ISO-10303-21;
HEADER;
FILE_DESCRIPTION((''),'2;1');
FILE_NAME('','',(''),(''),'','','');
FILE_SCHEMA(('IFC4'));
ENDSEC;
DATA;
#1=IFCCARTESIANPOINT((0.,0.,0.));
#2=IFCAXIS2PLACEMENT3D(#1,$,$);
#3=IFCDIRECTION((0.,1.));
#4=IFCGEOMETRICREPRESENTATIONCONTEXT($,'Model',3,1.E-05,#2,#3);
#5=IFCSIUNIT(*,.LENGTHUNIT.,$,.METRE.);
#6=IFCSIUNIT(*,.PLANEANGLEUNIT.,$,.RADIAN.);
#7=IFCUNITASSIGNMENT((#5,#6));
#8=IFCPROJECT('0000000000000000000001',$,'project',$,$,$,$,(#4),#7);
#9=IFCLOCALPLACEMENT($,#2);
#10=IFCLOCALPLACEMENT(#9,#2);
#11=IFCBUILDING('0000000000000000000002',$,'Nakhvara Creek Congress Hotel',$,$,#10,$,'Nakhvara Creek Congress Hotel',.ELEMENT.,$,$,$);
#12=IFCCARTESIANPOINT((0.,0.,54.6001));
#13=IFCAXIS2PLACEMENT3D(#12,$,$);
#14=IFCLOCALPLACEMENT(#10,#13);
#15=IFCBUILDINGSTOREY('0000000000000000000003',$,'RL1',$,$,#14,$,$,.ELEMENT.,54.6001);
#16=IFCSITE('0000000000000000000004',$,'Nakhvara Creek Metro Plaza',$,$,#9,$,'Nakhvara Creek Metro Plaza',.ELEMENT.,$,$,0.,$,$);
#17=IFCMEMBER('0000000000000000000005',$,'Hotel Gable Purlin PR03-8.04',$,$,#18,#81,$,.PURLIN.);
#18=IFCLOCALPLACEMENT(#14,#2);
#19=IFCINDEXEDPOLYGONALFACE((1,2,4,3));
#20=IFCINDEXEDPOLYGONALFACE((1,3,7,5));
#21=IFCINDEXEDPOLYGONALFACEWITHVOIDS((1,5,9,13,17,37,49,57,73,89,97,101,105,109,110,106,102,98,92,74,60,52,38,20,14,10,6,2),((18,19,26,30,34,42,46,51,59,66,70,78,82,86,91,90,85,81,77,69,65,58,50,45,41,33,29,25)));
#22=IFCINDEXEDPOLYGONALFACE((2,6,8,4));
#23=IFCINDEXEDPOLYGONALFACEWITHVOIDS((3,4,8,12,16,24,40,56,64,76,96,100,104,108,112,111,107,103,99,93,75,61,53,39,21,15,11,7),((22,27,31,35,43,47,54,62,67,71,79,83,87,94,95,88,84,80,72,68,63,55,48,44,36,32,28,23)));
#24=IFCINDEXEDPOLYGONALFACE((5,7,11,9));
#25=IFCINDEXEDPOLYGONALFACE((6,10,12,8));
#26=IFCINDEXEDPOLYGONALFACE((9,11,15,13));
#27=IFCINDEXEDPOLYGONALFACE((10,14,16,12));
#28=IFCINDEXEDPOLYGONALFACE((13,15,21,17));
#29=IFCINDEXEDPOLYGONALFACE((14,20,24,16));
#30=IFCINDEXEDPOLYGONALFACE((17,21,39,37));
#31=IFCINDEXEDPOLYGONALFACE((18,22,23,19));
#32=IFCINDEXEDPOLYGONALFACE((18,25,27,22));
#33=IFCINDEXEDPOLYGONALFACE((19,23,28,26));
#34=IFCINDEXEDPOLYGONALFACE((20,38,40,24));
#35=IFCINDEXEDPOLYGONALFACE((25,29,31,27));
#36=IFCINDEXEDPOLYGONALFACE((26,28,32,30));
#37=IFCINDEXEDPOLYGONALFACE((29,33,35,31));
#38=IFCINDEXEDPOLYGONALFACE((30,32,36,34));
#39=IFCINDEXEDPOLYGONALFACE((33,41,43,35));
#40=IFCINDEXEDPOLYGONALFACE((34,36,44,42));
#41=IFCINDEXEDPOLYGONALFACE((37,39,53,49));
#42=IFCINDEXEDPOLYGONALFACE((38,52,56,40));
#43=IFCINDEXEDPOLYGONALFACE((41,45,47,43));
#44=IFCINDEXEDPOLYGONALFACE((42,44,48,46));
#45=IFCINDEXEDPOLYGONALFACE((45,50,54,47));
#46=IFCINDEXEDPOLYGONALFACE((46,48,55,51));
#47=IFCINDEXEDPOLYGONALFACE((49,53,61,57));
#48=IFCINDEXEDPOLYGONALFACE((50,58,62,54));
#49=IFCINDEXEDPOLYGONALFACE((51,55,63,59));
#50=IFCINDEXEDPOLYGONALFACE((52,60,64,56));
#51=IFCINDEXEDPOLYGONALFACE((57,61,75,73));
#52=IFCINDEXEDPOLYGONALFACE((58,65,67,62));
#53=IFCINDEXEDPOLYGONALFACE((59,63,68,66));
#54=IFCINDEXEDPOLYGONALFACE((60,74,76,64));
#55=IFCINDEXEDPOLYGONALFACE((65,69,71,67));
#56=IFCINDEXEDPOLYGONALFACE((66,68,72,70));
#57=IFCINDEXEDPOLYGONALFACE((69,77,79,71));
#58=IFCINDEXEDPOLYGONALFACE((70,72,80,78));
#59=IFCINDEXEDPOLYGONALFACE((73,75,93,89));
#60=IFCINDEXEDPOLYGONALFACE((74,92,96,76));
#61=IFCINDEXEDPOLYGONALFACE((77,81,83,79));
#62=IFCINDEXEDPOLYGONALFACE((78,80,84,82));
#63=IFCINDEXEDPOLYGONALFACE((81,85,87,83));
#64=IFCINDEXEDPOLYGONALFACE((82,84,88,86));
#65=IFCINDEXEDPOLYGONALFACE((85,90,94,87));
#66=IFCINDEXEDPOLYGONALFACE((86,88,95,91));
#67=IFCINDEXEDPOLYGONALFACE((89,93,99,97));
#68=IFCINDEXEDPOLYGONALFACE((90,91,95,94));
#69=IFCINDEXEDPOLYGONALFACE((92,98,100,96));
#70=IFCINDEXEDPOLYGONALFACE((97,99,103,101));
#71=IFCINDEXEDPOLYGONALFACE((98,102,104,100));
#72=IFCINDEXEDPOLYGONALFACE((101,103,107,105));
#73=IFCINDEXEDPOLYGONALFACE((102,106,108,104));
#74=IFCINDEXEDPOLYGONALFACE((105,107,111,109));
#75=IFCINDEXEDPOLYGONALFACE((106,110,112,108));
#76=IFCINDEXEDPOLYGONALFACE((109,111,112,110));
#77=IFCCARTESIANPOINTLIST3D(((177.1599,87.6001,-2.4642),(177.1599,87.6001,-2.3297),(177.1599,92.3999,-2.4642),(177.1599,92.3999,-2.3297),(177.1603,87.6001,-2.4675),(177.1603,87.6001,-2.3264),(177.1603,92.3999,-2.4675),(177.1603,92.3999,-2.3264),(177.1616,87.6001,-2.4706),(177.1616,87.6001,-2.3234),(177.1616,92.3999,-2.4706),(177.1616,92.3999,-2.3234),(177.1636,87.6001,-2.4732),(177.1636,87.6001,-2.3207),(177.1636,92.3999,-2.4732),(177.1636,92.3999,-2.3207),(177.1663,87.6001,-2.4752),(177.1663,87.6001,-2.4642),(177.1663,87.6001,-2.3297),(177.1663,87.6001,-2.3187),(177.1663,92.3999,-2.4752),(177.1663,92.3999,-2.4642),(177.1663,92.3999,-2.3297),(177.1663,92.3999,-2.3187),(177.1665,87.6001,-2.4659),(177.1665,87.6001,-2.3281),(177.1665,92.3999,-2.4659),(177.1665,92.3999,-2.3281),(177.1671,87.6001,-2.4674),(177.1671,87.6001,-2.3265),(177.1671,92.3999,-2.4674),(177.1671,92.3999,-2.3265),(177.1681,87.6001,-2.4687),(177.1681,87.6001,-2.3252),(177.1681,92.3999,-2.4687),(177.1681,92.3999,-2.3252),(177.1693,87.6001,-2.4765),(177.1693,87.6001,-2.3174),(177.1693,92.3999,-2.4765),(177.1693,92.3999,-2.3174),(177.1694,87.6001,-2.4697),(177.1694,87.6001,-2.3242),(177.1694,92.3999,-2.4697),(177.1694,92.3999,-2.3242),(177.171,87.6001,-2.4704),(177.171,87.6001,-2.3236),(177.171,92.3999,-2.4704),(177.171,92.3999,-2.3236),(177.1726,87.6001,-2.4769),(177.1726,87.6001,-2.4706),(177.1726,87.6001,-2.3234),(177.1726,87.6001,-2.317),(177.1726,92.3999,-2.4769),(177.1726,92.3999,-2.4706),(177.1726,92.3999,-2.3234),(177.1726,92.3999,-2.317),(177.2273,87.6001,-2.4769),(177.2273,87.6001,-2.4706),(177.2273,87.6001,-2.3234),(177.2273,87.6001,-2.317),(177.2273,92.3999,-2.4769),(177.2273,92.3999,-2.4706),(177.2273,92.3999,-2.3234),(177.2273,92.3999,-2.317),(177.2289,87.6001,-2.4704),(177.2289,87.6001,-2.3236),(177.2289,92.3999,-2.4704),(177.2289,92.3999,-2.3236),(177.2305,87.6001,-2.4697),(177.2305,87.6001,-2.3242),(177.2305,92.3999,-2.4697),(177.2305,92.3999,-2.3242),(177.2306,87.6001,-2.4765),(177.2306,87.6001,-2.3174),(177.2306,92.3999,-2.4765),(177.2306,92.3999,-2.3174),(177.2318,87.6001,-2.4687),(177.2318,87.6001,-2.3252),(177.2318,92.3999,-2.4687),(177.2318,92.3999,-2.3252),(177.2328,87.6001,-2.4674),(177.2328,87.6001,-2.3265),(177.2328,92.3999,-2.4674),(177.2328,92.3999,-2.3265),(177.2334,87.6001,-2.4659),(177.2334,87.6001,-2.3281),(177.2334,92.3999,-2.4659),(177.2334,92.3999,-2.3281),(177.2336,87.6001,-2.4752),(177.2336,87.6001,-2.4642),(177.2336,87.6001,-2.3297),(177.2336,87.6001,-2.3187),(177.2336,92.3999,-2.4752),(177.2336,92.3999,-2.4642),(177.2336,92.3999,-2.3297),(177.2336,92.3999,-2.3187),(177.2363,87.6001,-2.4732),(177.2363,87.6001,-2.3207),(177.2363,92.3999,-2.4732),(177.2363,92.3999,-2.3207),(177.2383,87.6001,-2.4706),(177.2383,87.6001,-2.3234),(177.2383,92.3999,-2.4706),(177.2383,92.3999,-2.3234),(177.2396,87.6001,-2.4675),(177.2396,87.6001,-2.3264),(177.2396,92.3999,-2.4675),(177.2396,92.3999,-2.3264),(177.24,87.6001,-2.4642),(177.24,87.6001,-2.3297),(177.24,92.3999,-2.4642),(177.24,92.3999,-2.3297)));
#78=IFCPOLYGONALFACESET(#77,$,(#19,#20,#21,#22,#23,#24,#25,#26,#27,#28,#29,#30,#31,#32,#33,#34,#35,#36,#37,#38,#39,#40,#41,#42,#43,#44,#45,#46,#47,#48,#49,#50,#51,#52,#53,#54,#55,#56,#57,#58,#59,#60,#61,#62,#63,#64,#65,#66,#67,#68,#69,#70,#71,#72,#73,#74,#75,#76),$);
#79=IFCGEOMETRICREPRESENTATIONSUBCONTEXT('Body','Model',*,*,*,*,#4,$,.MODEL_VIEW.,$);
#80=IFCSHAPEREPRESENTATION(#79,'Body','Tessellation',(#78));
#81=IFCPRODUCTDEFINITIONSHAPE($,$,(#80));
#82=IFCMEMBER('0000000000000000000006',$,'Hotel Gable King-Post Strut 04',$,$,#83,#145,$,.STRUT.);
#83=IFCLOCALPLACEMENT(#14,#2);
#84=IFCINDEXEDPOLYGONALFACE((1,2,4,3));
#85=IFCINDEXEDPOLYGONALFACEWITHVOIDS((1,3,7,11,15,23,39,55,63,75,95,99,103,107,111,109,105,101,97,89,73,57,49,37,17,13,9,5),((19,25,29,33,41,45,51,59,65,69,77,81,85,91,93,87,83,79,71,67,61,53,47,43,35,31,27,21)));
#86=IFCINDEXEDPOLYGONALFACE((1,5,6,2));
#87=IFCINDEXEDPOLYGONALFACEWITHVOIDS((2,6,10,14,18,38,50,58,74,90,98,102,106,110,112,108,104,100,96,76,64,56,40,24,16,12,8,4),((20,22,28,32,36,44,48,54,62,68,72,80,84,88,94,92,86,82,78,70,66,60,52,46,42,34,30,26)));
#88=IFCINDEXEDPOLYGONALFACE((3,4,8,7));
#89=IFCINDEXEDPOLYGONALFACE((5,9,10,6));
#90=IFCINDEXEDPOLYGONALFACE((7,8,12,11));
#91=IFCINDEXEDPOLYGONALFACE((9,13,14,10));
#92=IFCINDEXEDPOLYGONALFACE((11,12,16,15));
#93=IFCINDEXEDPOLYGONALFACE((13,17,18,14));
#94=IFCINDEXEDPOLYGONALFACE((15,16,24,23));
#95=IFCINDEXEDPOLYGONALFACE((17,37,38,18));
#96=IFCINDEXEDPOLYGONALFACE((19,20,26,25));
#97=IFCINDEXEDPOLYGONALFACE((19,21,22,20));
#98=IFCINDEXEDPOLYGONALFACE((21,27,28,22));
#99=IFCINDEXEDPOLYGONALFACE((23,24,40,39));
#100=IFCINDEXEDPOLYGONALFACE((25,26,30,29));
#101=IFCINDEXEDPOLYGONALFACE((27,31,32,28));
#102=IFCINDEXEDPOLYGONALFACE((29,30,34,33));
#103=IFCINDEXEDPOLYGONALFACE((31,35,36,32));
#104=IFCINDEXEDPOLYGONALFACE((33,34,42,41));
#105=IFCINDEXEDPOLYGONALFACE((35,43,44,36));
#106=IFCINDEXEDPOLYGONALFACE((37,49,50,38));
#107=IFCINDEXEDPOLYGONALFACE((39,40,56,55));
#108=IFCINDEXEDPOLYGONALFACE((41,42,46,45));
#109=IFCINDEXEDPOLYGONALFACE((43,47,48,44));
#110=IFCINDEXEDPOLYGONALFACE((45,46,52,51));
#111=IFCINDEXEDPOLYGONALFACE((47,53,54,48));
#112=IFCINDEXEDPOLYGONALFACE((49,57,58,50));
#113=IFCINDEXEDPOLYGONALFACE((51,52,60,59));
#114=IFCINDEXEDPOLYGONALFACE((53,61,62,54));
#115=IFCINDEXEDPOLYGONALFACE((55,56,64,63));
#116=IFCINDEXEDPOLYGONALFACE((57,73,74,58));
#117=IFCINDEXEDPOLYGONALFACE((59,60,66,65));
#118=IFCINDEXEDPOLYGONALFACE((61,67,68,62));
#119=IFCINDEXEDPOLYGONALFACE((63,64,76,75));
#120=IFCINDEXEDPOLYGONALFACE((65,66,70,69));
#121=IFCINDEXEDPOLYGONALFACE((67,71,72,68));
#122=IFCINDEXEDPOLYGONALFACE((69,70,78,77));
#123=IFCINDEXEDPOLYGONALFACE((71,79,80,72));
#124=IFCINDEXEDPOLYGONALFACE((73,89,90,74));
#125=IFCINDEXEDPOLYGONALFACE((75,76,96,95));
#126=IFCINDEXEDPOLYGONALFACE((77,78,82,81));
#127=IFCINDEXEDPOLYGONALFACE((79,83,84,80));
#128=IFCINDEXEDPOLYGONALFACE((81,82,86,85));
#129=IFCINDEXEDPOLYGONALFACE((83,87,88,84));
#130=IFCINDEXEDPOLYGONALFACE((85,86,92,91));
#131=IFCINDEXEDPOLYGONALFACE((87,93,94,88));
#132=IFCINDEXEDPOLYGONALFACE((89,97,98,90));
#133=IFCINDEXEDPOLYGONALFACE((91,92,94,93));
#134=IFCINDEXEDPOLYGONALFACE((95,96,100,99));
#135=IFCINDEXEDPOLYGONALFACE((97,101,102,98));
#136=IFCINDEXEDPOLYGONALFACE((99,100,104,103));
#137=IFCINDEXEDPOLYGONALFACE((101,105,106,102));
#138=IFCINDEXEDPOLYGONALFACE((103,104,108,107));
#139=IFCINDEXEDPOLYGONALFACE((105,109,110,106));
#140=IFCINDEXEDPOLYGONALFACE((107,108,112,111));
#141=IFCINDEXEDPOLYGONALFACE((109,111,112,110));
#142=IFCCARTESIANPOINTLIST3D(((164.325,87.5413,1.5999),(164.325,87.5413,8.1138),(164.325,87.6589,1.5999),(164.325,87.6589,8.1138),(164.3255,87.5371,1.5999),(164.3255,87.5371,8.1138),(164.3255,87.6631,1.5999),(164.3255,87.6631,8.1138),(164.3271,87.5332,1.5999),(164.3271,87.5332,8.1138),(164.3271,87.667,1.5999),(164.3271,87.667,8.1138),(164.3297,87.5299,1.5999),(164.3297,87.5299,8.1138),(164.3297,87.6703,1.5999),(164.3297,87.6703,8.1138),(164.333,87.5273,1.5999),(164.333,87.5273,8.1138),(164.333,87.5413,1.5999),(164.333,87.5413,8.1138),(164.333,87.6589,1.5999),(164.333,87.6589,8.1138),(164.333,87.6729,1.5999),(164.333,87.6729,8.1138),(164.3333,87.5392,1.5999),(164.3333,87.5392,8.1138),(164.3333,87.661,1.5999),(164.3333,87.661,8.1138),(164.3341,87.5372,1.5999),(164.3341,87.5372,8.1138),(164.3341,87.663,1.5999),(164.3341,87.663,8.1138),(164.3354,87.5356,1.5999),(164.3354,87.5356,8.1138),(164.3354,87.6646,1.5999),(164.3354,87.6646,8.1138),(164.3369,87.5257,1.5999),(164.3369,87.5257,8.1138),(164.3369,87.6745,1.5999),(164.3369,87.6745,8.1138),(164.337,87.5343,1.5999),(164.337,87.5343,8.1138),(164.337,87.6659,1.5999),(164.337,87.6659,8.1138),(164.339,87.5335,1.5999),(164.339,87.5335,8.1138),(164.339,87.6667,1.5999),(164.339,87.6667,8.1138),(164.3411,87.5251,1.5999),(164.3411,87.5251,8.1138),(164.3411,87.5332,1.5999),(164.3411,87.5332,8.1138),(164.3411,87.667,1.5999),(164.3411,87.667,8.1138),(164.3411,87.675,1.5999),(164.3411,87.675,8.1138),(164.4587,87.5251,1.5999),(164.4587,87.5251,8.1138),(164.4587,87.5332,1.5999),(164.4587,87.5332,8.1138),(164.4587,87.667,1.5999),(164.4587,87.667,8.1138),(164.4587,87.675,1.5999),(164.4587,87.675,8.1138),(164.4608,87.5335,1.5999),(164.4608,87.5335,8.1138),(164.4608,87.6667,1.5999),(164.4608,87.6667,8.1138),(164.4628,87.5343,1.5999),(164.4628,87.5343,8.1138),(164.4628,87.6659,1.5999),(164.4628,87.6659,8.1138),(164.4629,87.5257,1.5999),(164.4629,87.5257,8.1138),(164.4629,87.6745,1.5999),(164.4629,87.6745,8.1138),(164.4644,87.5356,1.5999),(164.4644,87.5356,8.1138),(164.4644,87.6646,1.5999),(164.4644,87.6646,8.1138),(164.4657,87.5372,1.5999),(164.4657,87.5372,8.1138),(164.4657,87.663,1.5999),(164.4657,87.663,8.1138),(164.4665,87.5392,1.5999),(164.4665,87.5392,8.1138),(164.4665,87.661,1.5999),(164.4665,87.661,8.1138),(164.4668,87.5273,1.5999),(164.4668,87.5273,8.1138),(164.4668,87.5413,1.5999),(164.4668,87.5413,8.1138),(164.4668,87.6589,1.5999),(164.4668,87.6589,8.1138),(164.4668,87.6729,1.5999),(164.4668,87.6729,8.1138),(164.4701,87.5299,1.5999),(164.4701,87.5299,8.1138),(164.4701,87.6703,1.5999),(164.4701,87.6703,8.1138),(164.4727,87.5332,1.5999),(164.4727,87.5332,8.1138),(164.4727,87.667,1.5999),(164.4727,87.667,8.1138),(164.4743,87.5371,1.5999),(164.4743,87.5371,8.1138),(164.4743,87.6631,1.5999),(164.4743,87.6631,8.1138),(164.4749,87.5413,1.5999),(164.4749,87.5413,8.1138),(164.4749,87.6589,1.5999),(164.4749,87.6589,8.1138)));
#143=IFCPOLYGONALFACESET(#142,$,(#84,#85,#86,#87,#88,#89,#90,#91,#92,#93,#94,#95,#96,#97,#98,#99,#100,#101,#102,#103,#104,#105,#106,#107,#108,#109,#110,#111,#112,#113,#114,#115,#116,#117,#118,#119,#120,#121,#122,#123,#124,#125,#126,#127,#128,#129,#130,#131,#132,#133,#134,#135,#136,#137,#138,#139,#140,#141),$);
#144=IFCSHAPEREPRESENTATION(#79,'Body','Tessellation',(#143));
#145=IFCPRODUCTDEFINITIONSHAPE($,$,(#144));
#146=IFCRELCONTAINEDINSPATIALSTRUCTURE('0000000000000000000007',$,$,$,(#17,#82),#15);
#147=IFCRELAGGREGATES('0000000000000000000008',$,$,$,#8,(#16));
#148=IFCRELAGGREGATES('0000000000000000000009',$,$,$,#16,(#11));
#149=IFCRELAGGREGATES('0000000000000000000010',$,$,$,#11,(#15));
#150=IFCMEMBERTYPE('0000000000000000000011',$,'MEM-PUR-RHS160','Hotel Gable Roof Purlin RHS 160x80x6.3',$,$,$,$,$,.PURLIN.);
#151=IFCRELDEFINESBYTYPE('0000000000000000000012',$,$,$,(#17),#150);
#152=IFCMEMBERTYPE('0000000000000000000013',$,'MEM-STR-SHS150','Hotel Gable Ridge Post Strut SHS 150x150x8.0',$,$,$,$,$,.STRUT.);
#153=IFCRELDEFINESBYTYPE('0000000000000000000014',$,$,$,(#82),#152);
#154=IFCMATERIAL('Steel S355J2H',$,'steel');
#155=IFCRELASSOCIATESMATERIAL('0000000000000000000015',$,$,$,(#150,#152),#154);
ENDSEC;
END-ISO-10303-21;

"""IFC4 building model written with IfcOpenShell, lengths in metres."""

from ifc_helpers import new_model, si_unit, direction, frame, origin, origin_2d, place, context, subcontext, project, spatial, hollow_rectangle, extrude, material, material_profile, profile_set, type_object, element, save


model = new_model("IFC4")

# Units and contexts
model_context = context("Model", 3, precision=1e-05, world=origin(), true_north=direction((0.0, 1.0)))
body_context = subcontext(model_context, "Body", "Model", "MODEL_VIEW")
ifc_project = project(units=[si_unit("LENGTHUNIT", "METRE"), si_unit("PLANEANGLEUNIT", "RADIAN")], contexts=[model_context])

# Site, building, storey
site_placement = place(None, origin())
site = spatial("IfcSite", under=ifc_project, at=site_placement, Name="Nakhvara Creek Metro Plaza", LongName="Nakhvara Creek Metro Plaza", CompositionType="ELEMENT", RefElevation=0.0)
building_placement = place(site_placement, origin())
building = spatial("IfcBuilding", under=site, at=building_placement, Name="Nakhvara Creek Congress Hotel", LongName="Nakhvara Creek Congress Hotel", CompositionType="ELEMENT")
storey_placement = place(building_placement, frame((0.0, 0.0, 54.6001)))
storey = spatial("IfcBuildingStorey", under=building, at=storey_placement, Name="RL1", CompositionType="ELEMENT", Elevation=54.6001)

# Members
ifc_material_1 = material(Name="Steel S355J2H", Category="steel")
ifc_material_profile_1 = material_profile(ifc_material_1, hollow_rectangle(XDim=0.0801, YDim=0.1599, WallThickness=0.0063, InnerFilletRadius=0.0063, OuterFilletRadius=0.0127, at=origin_2d()), Name="RHS 160x80x6.3", Category="LoadBearing")
ifc_profile_set_1 = profile_set([ifc_material_profile_1], Name="Steel S355J2H")
member_type_1 = type_object("IfcMemberType", Name="MEM-PUR-RHS160", Description="Hotel Gable Roof Purlin RHS 160x80x6.3", PredefinedType="PURLIN", material=ifc_profile_set_1)
member_1_placement = place(storey_placement, frame((177.2, 87.6001, -2.397), z_axis=(0.0, 1.0, 0.0), x_axis=(-1.0, 0.0, 0.0)))
element("IfcMember", 1, at=member_1_placement, inside=storey, type_object=member_type_1, Name="Hotel Gable Purlin PR03-8.04", PredefinedType="PURLIN", context=body_context, shape_type="SweptSolid", body=[
    extrude(hollow_rectangle(XDim=0.0801, YDim=0.1599, WallThickness=0.0063, InnerFilletRadius=0.0063, OuterFilletRadius=0.0127, at=origin_2d()), origin(), (0.0, 0.0, 1.0), 4.7998),
])
ifc_material_profile_2 = material_profile(ifc_material_1, hollow_rectangle(XDim=0.1499, YDim=0.1499, WallThickness=0.0081, InnerFilletRadius=0.0081, OuterFilletRadius=0.0161, at=origin_2d()), Name="SHS 150x150x8.0", Category="LoadBearing")
ifc_profile_set_2 = profile_set([ifc_material_profile_2], Name="Steel S355J2H")
member_type_2 = type_object("IfcMemberType", Name="MEM-STR-SHS150", Description="Hotel Gable Ridge Post Strut SHS 150x150x8.0", PredefinedType="STRUT", material=ifc_profile_set_2)
for number, where, z_axis, x_axis, name in (
    (2, (164.3999, 87.6001, 1.5999), (0.0, 0.0, 1.0), (1.0, 0.0, 0.0), "Hotel Gable King-Post Strut 04"),
):
    element("IfcMember", number, at=place(storey_placement, frame(where, z_axis=z_axis, x_axis=x_axis)), inside=storey, type_object=member_type_2, Name=name, PredefinedType="STRUT", context=body_context, shape_type="SweptSolid", body=[
        extrude(hollow_rectangle(XDim=0.1499, YDim=0.1499, WallThickness=0.0081, InnerFilletRadius=0.0081, OuterFilletRadius=0.0161, at=origin_2d()), origin(), (0.0, 0.0, 1.0), 6.5139),
    ])

save(model, "model.ifc")
